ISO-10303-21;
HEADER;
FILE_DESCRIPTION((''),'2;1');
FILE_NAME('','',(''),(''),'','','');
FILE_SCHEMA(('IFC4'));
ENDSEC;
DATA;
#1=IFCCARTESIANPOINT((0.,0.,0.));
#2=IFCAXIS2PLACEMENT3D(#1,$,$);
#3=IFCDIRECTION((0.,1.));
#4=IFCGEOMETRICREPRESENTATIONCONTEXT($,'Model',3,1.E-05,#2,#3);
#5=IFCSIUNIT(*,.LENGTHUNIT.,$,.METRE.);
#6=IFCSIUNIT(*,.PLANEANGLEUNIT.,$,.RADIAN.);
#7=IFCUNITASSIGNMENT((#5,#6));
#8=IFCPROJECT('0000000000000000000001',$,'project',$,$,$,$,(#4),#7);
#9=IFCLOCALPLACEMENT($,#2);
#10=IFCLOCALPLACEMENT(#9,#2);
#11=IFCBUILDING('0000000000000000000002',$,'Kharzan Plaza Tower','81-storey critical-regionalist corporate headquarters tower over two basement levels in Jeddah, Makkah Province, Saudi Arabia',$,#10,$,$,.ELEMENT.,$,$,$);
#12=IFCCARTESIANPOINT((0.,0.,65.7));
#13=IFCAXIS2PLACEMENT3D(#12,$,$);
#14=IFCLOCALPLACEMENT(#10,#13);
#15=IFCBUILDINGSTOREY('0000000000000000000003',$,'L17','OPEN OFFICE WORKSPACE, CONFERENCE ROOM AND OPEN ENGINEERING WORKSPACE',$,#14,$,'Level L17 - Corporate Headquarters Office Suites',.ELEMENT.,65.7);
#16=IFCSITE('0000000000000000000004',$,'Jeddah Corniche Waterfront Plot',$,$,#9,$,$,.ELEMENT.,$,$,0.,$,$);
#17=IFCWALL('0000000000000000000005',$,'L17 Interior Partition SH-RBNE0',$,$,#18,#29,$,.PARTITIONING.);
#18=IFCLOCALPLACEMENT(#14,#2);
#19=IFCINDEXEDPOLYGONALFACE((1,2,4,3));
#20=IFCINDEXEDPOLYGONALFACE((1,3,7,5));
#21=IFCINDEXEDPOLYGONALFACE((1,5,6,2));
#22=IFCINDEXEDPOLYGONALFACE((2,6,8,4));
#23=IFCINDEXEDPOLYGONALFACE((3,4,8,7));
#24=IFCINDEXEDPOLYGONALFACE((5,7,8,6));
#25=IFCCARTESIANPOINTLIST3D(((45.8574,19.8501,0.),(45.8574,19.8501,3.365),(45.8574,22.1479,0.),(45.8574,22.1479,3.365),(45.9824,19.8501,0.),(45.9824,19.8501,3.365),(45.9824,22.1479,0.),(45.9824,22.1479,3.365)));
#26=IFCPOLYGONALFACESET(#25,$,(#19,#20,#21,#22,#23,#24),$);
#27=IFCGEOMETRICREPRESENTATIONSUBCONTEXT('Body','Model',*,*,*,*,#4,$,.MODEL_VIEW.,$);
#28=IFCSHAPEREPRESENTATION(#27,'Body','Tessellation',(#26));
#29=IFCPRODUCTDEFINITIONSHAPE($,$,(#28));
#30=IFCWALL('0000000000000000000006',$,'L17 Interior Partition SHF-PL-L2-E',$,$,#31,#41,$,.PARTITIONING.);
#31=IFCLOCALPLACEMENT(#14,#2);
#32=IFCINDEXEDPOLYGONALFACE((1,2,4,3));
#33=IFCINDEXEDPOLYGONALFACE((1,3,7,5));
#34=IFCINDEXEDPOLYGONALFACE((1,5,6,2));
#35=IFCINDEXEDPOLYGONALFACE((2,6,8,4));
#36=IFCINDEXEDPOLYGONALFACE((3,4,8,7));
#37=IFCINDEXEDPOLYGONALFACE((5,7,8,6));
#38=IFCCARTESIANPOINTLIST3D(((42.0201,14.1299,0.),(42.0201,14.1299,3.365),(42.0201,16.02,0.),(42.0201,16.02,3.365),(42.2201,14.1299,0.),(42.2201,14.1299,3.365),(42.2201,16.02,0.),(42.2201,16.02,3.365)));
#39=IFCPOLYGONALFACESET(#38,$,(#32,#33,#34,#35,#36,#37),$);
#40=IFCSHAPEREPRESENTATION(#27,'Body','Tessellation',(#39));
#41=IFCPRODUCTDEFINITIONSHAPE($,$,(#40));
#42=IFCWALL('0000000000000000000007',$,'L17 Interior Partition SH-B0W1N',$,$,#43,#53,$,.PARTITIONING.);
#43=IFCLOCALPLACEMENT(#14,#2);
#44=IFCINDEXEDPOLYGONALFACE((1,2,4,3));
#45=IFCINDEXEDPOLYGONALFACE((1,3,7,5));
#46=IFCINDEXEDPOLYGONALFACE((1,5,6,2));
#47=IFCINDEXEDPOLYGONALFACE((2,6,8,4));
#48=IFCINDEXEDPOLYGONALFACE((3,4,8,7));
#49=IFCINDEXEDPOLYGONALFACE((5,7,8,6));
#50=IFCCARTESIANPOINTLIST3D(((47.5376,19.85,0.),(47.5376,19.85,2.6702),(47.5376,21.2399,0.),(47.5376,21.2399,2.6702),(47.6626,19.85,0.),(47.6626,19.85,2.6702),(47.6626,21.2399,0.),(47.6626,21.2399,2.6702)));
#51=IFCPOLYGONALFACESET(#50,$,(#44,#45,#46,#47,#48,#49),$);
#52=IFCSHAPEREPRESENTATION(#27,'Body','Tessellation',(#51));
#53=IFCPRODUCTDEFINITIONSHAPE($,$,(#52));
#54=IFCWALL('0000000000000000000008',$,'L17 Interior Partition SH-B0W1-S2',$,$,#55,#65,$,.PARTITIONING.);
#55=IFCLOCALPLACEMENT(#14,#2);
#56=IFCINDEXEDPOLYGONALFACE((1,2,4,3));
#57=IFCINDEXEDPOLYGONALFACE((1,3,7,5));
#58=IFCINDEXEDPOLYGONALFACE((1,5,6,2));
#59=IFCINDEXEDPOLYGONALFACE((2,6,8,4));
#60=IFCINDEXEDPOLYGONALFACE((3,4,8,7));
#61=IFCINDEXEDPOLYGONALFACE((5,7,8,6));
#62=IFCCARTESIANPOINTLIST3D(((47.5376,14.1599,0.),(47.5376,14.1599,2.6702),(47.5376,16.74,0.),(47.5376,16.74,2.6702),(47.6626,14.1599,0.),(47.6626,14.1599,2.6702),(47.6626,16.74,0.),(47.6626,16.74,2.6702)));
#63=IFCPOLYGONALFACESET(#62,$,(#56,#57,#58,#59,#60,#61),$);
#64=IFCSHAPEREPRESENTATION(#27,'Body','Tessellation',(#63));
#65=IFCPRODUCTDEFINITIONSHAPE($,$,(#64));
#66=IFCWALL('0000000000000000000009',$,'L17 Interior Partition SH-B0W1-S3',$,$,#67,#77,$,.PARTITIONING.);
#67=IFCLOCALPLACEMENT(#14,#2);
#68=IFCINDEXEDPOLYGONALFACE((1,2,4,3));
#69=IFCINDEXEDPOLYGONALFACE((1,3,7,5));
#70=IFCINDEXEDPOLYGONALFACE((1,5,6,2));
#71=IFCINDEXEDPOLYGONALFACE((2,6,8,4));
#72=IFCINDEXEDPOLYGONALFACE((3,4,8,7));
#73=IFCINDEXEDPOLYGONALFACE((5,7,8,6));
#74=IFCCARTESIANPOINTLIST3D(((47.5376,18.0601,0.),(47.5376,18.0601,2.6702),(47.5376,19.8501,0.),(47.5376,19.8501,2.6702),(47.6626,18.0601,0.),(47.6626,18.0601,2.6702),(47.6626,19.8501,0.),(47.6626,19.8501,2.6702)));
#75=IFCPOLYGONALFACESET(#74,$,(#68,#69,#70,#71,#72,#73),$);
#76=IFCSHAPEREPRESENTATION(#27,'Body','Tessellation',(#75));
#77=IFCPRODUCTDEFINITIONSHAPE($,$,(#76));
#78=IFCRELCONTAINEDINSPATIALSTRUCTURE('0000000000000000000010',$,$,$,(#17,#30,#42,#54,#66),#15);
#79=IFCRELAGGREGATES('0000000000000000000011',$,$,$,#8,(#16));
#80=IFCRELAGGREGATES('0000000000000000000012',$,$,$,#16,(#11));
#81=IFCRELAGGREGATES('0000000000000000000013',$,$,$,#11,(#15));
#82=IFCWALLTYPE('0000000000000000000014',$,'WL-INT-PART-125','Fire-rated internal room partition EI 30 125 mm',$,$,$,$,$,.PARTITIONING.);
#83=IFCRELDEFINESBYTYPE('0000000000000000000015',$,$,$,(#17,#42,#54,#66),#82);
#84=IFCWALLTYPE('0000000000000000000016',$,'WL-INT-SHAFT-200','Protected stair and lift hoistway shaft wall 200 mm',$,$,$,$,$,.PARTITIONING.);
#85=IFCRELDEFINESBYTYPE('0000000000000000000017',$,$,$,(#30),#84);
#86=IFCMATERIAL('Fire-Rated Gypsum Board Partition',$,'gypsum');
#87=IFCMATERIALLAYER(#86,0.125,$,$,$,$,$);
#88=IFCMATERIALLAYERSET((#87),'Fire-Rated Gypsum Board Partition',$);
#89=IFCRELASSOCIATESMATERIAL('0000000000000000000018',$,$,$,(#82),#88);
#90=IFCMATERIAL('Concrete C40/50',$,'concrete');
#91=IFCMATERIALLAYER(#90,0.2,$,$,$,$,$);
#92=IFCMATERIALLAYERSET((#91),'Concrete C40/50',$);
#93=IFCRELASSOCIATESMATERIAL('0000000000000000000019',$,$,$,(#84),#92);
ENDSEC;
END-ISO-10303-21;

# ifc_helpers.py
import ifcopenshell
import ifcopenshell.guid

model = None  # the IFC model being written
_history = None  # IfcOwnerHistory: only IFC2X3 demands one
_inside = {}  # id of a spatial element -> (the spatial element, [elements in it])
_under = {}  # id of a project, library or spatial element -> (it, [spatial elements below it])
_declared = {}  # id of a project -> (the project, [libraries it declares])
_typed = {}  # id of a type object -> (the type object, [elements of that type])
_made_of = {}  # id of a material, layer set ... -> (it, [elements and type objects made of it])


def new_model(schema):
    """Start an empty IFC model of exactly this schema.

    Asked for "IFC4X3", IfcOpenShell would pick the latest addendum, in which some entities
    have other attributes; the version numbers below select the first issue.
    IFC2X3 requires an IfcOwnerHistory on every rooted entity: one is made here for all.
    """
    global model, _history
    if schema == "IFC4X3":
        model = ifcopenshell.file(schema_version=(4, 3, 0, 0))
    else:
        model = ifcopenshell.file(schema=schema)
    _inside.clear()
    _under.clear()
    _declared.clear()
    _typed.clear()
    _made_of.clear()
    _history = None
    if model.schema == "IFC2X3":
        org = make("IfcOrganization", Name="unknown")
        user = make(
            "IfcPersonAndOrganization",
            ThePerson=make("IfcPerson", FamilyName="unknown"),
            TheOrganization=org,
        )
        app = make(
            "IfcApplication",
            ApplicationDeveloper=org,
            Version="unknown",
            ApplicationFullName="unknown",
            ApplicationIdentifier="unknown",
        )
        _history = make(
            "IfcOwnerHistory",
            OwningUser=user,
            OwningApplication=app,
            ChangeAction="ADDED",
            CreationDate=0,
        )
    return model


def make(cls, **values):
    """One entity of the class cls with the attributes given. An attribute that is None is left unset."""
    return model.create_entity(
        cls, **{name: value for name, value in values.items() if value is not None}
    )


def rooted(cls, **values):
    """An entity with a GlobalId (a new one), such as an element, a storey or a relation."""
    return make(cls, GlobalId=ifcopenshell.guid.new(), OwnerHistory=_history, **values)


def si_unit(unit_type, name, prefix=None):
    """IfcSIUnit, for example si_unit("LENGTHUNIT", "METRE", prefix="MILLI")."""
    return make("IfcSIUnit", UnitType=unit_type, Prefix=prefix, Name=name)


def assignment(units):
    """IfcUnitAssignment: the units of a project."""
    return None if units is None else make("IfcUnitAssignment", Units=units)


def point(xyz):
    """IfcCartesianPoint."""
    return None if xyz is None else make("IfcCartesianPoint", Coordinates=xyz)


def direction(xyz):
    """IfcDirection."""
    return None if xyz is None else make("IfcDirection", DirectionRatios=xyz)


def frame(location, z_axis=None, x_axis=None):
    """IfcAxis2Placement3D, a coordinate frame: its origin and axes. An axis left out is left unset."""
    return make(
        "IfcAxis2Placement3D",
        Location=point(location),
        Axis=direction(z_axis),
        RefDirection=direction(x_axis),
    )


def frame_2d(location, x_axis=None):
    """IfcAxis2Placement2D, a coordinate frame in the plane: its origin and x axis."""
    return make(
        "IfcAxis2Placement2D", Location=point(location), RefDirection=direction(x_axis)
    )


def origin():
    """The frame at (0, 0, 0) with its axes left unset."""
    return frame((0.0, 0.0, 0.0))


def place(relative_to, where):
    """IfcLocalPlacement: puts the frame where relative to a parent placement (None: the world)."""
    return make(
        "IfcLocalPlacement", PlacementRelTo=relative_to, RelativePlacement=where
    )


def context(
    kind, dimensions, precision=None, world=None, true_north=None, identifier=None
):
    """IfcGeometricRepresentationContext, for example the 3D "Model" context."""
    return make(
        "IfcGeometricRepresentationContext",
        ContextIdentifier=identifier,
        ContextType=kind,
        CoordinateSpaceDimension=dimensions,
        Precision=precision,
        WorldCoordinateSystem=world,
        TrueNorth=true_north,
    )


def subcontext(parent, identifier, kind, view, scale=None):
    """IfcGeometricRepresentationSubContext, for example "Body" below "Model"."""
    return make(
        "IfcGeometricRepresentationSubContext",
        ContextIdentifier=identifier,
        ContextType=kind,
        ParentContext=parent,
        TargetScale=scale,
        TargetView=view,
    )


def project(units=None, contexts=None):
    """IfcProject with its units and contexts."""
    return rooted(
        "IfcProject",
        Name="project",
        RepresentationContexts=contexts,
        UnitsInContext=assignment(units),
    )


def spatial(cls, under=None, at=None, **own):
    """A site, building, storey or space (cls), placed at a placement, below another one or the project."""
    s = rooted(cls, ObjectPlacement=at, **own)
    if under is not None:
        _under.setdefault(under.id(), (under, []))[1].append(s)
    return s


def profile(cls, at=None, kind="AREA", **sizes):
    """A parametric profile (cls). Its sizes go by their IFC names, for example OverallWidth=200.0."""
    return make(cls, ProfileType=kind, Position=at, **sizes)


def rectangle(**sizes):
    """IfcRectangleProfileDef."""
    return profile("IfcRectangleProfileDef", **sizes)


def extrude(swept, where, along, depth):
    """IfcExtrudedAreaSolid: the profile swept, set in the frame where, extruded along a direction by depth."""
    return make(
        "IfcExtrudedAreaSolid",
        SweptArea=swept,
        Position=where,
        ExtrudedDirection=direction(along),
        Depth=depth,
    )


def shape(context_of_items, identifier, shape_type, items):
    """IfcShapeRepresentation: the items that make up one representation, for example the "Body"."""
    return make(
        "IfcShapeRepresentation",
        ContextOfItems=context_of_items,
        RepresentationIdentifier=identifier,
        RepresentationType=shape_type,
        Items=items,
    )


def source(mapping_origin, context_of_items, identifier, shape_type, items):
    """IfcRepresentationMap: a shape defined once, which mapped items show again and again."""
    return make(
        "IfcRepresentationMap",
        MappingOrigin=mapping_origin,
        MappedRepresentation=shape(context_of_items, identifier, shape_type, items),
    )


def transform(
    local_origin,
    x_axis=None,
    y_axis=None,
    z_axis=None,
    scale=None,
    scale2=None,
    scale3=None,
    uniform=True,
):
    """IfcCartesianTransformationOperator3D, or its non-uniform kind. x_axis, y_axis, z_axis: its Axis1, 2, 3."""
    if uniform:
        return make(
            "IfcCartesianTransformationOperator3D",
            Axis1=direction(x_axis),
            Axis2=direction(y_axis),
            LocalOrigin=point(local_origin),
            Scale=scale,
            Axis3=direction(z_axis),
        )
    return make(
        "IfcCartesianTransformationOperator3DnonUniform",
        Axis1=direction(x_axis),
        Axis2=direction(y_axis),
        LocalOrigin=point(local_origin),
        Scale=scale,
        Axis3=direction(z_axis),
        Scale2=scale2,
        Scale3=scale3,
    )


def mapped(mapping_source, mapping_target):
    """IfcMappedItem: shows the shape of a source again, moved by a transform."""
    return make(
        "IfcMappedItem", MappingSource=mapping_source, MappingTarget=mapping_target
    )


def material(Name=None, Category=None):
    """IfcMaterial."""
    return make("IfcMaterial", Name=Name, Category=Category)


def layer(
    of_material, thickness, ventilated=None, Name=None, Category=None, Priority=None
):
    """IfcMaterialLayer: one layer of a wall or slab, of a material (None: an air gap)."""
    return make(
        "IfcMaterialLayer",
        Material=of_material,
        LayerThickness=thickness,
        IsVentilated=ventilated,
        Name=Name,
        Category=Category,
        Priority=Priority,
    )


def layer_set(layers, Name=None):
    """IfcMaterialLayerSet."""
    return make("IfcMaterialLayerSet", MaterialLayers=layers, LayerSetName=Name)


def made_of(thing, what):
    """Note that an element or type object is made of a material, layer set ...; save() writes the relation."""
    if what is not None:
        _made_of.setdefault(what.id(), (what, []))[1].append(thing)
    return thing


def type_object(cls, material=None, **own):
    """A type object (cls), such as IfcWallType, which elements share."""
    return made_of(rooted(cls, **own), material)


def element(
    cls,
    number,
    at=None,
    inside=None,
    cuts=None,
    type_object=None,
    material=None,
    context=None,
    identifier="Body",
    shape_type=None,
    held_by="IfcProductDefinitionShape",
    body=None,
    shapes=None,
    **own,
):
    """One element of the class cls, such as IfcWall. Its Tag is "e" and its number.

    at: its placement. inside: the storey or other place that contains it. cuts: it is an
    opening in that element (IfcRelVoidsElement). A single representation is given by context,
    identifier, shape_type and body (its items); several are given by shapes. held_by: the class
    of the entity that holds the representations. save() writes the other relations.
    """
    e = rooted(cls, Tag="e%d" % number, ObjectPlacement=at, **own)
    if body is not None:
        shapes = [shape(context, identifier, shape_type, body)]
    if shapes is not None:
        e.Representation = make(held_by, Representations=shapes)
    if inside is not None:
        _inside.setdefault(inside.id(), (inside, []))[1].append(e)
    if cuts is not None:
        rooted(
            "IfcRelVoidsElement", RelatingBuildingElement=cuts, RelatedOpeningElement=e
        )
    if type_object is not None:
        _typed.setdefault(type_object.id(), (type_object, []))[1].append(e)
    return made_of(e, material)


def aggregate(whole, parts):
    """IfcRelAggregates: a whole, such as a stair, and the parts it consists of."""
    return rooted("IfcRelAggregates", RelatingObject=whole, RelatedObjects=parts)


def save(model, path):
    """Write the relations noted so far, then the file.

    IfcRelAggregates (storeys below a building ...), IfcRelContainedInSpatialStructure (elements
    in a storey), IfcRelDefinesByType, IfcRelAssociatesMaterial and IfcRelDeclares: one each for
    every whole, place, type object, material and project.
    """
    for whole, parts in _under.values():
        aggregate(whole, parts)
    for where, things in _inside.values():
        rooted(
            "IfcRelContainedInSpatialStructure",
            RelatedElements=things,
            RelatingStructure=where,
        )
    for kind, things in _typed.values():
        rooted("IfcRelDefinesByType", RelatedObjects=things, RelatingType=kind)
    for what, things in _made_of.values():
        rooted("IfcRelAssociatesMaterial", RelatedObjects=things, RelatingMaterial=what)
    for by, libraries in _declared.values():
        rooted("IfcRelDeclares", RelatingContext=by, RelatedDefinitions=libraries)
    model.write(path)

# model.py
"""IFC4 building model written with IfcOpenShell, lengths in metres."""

from ifc_helpers import new_model, si_unit, direction, frame, frame_2d, origin, place, context, subcontext, project, spatial, rectangle, extrude, source, transform, mapped, material, layer, layer_set, type_object, element, save


model = new_model("IFC4")

# Units and contexts
model_context = context("Model", 3, precision=1e-05, world=origin(), true_north=direction((0.0, 1.0)))
body_context = subcontext(model_context, "Body", "Model", "MODEL_VIEW")
ifc_project = project(units=[si_unit("LENGTHUNIT", "METRE"), si_unit("PLANEANGLEUNIT", "RADIAN")], contexts=[model_context])

# Site, building, storey
site_placement = place(None, origin())
site = spatial("IfcSite", under=ifc_project, at=site_placement, Name="Jeddah Corniche Waterfront Plot", CompositionType="ELEMENT", RefElevation=0.0)
building_placement = place(site_placement, origin())
building = spatial("IfcBuilding", under=site, at=building_placement, Name="Kharzan Plaza Tower", Description="81-storey critical-regionalist corporate headquarters tower over two basement levels in Jeddah, Makkah Province, Saudi Arabia", CompositionType="ELEMENT")
storey_placement = place(building_placement, frame((0.0, 0.0, 65.7)))
storey = spatial("IfcBuildingStorey", under=building, at=storey_placement, Name="L17", Description="OPEN OFFICE WORKSPACE, CONFERENCE ROOM AND OPEN ENGINEERING WORKSPACE", LongName="Level L17 - Corporate Headquarters Office Suites", CompositionType="ELEMENT", Elevation=65.7)

# Shared definitions
ifc_material_1 = material(Name="Concrete C40/50", Category="concrete")

# Shared definitions
ifc_material_2 = material(Name="Fire-Rated Gypsum Board Partition", Category="gypsum")
ifc_layer_1 = layer(ifc_material_2, 0.125)
ifc_layer_set_1 = layer_set([ifc_layer_1], Name="Fire-Rated Gypsum Board Partition")
wall_type_1 = type_object("IfcWallType", Name="WL-INT-PART-125", Description="Fire-rated internal room partition EI 30 125 mm", PredefinedType="PARTITIONING", material=ifc_layer_set_1)
ifc_layer_2 = layer(ifc_material_1, 0.2)
ifc_layer_set_2 = layer_set([ifc_layer_2], Name="Concrete C40/50")
wall_type_2 = type_object("IfcWallType", Name="WL-INT-SHAFT-200", Description="Protected stair and lift hoistway shaft wall 200 mm", PredefinedType="PARTITIONING", material=ifc_layer_set_2)

# Walls
shared_shape_1 = source(origin(), body_context, "Body", "SweptSolid", [
    extrude(rectangle(XDim=2.2979, YDim=0.125, at=frame_2d((1.1489, 0.0))), origin(), (0.0, 0.0, 1.0), 3.365),
])
wall_1_placement = place(storey_placement, frame((45.9199, 19.8501, 0.0), z_axis=(0.0, 0.0, 1.0), x_axis=(0.0, 1.0, 0.0)))
element("IfcWall", 1, at=wall_1_placement, inside=storey, type_object=wall_type_1, Name="L17 Interior Partition SH-RBNE0", PredefinedType="PARTITIONING", context=body_context, shape_type="MappedRepresentation", body=[
    mapped(shared_shape_1, transform((0.0, 0.0, 0.0), x_axis=(1.0, 0.0, 0.0), y_axis=(0.0, 1.0, 0.0), z_axis=(0.0, 0.0, 1.0))),
])
shared_shape_2 = source(origin(), body_context, "Body", "SweptSolid", [
    extrude(rectangle(XDim=1.8901, YDim=0.2, at=frame_2d((0.9451, 0.0))), origin(), (0.0, 0.0, 1.0), 3.365),
])
wall_2_placement = place(storey_placement, frame((42.1201, 14.1299, 0.0), z_axis=(0.0, 0.0, 1.0), x_axis=(0.0, 1.0, 0.0)))
element("IfcWall", 2, at=wall_2_placement, inside=storey, type_object=wall_type_2, Name="L17 Interior Partition SHF-PL-L2-E", PredefinedType="PARTITIONING", context=body_context, shape_type="MappedRepresentation", body=[
    mapped(shared_shape_2, transform((0.0, 0.0, 0.0), x_axis=(1.0, 0.0, 0.0), y_axis=(0.0, 1.0, 0.0), z_axis=(0.0, 0.0, 1.0))),
])
shared_shape_3 = source(origin(), body_context, "Body", "SweptSolid", [
    extrude(rectangle(XDim=1.3899, YDim=0.125, at=frame_2d((0.6948, 0.0))), origin(), (0.0, 0.0, 1.0), 2.6702),
])
wall_3_placement = place(storey_placement, frame((47.6001, 19.8501, 0.0), z_axis=(0.0, 0.0, 1.0), x_axis=(0.0, 1.0, 0.0)))
element("IfcWall", 3, at=wall_3_placement, inside=storey, type_object=wall_type_1, Name="L17 Interior Partition SH-B0W1N", PredefinedType="PARTITIONING", context=body_context, shape_type="MappedRepresentation", body=[
    mapped(shared_shape_3, transform((0.0, 0.0, 0.0), x_axis=(1.0, 0.0, 0.0), y_axis=(0.0, 1.0, 0.0), z_axis=(0.0, 0.0, 1.0))),
])
shared_shape_4 = source(origin(), body_context, "Body", "SweptSolid", [
    extrude(rectangle(XDim=2.5801, YDim=0.125, at=frame_2d((1.29, 0.0))), origin(), (0.0, 0.0, 1.0), 2.6702),
])
wall_4_placement = place(storey_placement, frame((47.6001, 14.1599, 0.0), z_axis=(0.0, 0.0, 1.0), x_axis=(0.0, 1.0, 0.0)))
element("IfcWall", 4, at=wall_4_placement, inside=storey, type_object=wall_type_1, Name="L17 Interior Partition SH-B0W1-S2", PredefinedType="PARTITIONING", context=body_context, shape_type="MappedRepresentation", body=[
    mapped(shared_shape_4, transform((0.0, 0.0, 0.0), x_axis=(1.0, 0.0, 0.0), y_axis=(0.0, 1.0, 0.0), z_axis=(0.0, 0.0, 1.0))),
])
shared_shape_5 = source(origin(), body_context, "Body", "SweptSolid", [
    extrude(rectangle(XDim=1.79, YDim=0.125, at=frame_2d((0.895, 0.0))), origin(), (0.0, 0.0, 1.0), 2.6702),
])
wall_5_placement = place(storey_placement, frame((47.6001, 18.0601, 0.0), z_axis=(0.0, 0.0, 1.0), x_axis=(0.0, 1.0, 0.0)))
element("IfcWall", 5, at=wall_5_placement, inside=storey, type_object=wall_type_1, Name="L17 Interior Partition SH-B0W1-S3", PredefinedType="PARTITIONING", context=body_context, shape_type="MappedRepresentation", body=[
    mapped(shared_shape_5, transform((0.0, 0.0, 0.0), x_axis=(1.0, 0.0, 0.0), y_axis=(0.0, 1.0, 0.0), z_axis=(0.0, 0.0, 1.0))),
])

save(model, "model.ifc")
